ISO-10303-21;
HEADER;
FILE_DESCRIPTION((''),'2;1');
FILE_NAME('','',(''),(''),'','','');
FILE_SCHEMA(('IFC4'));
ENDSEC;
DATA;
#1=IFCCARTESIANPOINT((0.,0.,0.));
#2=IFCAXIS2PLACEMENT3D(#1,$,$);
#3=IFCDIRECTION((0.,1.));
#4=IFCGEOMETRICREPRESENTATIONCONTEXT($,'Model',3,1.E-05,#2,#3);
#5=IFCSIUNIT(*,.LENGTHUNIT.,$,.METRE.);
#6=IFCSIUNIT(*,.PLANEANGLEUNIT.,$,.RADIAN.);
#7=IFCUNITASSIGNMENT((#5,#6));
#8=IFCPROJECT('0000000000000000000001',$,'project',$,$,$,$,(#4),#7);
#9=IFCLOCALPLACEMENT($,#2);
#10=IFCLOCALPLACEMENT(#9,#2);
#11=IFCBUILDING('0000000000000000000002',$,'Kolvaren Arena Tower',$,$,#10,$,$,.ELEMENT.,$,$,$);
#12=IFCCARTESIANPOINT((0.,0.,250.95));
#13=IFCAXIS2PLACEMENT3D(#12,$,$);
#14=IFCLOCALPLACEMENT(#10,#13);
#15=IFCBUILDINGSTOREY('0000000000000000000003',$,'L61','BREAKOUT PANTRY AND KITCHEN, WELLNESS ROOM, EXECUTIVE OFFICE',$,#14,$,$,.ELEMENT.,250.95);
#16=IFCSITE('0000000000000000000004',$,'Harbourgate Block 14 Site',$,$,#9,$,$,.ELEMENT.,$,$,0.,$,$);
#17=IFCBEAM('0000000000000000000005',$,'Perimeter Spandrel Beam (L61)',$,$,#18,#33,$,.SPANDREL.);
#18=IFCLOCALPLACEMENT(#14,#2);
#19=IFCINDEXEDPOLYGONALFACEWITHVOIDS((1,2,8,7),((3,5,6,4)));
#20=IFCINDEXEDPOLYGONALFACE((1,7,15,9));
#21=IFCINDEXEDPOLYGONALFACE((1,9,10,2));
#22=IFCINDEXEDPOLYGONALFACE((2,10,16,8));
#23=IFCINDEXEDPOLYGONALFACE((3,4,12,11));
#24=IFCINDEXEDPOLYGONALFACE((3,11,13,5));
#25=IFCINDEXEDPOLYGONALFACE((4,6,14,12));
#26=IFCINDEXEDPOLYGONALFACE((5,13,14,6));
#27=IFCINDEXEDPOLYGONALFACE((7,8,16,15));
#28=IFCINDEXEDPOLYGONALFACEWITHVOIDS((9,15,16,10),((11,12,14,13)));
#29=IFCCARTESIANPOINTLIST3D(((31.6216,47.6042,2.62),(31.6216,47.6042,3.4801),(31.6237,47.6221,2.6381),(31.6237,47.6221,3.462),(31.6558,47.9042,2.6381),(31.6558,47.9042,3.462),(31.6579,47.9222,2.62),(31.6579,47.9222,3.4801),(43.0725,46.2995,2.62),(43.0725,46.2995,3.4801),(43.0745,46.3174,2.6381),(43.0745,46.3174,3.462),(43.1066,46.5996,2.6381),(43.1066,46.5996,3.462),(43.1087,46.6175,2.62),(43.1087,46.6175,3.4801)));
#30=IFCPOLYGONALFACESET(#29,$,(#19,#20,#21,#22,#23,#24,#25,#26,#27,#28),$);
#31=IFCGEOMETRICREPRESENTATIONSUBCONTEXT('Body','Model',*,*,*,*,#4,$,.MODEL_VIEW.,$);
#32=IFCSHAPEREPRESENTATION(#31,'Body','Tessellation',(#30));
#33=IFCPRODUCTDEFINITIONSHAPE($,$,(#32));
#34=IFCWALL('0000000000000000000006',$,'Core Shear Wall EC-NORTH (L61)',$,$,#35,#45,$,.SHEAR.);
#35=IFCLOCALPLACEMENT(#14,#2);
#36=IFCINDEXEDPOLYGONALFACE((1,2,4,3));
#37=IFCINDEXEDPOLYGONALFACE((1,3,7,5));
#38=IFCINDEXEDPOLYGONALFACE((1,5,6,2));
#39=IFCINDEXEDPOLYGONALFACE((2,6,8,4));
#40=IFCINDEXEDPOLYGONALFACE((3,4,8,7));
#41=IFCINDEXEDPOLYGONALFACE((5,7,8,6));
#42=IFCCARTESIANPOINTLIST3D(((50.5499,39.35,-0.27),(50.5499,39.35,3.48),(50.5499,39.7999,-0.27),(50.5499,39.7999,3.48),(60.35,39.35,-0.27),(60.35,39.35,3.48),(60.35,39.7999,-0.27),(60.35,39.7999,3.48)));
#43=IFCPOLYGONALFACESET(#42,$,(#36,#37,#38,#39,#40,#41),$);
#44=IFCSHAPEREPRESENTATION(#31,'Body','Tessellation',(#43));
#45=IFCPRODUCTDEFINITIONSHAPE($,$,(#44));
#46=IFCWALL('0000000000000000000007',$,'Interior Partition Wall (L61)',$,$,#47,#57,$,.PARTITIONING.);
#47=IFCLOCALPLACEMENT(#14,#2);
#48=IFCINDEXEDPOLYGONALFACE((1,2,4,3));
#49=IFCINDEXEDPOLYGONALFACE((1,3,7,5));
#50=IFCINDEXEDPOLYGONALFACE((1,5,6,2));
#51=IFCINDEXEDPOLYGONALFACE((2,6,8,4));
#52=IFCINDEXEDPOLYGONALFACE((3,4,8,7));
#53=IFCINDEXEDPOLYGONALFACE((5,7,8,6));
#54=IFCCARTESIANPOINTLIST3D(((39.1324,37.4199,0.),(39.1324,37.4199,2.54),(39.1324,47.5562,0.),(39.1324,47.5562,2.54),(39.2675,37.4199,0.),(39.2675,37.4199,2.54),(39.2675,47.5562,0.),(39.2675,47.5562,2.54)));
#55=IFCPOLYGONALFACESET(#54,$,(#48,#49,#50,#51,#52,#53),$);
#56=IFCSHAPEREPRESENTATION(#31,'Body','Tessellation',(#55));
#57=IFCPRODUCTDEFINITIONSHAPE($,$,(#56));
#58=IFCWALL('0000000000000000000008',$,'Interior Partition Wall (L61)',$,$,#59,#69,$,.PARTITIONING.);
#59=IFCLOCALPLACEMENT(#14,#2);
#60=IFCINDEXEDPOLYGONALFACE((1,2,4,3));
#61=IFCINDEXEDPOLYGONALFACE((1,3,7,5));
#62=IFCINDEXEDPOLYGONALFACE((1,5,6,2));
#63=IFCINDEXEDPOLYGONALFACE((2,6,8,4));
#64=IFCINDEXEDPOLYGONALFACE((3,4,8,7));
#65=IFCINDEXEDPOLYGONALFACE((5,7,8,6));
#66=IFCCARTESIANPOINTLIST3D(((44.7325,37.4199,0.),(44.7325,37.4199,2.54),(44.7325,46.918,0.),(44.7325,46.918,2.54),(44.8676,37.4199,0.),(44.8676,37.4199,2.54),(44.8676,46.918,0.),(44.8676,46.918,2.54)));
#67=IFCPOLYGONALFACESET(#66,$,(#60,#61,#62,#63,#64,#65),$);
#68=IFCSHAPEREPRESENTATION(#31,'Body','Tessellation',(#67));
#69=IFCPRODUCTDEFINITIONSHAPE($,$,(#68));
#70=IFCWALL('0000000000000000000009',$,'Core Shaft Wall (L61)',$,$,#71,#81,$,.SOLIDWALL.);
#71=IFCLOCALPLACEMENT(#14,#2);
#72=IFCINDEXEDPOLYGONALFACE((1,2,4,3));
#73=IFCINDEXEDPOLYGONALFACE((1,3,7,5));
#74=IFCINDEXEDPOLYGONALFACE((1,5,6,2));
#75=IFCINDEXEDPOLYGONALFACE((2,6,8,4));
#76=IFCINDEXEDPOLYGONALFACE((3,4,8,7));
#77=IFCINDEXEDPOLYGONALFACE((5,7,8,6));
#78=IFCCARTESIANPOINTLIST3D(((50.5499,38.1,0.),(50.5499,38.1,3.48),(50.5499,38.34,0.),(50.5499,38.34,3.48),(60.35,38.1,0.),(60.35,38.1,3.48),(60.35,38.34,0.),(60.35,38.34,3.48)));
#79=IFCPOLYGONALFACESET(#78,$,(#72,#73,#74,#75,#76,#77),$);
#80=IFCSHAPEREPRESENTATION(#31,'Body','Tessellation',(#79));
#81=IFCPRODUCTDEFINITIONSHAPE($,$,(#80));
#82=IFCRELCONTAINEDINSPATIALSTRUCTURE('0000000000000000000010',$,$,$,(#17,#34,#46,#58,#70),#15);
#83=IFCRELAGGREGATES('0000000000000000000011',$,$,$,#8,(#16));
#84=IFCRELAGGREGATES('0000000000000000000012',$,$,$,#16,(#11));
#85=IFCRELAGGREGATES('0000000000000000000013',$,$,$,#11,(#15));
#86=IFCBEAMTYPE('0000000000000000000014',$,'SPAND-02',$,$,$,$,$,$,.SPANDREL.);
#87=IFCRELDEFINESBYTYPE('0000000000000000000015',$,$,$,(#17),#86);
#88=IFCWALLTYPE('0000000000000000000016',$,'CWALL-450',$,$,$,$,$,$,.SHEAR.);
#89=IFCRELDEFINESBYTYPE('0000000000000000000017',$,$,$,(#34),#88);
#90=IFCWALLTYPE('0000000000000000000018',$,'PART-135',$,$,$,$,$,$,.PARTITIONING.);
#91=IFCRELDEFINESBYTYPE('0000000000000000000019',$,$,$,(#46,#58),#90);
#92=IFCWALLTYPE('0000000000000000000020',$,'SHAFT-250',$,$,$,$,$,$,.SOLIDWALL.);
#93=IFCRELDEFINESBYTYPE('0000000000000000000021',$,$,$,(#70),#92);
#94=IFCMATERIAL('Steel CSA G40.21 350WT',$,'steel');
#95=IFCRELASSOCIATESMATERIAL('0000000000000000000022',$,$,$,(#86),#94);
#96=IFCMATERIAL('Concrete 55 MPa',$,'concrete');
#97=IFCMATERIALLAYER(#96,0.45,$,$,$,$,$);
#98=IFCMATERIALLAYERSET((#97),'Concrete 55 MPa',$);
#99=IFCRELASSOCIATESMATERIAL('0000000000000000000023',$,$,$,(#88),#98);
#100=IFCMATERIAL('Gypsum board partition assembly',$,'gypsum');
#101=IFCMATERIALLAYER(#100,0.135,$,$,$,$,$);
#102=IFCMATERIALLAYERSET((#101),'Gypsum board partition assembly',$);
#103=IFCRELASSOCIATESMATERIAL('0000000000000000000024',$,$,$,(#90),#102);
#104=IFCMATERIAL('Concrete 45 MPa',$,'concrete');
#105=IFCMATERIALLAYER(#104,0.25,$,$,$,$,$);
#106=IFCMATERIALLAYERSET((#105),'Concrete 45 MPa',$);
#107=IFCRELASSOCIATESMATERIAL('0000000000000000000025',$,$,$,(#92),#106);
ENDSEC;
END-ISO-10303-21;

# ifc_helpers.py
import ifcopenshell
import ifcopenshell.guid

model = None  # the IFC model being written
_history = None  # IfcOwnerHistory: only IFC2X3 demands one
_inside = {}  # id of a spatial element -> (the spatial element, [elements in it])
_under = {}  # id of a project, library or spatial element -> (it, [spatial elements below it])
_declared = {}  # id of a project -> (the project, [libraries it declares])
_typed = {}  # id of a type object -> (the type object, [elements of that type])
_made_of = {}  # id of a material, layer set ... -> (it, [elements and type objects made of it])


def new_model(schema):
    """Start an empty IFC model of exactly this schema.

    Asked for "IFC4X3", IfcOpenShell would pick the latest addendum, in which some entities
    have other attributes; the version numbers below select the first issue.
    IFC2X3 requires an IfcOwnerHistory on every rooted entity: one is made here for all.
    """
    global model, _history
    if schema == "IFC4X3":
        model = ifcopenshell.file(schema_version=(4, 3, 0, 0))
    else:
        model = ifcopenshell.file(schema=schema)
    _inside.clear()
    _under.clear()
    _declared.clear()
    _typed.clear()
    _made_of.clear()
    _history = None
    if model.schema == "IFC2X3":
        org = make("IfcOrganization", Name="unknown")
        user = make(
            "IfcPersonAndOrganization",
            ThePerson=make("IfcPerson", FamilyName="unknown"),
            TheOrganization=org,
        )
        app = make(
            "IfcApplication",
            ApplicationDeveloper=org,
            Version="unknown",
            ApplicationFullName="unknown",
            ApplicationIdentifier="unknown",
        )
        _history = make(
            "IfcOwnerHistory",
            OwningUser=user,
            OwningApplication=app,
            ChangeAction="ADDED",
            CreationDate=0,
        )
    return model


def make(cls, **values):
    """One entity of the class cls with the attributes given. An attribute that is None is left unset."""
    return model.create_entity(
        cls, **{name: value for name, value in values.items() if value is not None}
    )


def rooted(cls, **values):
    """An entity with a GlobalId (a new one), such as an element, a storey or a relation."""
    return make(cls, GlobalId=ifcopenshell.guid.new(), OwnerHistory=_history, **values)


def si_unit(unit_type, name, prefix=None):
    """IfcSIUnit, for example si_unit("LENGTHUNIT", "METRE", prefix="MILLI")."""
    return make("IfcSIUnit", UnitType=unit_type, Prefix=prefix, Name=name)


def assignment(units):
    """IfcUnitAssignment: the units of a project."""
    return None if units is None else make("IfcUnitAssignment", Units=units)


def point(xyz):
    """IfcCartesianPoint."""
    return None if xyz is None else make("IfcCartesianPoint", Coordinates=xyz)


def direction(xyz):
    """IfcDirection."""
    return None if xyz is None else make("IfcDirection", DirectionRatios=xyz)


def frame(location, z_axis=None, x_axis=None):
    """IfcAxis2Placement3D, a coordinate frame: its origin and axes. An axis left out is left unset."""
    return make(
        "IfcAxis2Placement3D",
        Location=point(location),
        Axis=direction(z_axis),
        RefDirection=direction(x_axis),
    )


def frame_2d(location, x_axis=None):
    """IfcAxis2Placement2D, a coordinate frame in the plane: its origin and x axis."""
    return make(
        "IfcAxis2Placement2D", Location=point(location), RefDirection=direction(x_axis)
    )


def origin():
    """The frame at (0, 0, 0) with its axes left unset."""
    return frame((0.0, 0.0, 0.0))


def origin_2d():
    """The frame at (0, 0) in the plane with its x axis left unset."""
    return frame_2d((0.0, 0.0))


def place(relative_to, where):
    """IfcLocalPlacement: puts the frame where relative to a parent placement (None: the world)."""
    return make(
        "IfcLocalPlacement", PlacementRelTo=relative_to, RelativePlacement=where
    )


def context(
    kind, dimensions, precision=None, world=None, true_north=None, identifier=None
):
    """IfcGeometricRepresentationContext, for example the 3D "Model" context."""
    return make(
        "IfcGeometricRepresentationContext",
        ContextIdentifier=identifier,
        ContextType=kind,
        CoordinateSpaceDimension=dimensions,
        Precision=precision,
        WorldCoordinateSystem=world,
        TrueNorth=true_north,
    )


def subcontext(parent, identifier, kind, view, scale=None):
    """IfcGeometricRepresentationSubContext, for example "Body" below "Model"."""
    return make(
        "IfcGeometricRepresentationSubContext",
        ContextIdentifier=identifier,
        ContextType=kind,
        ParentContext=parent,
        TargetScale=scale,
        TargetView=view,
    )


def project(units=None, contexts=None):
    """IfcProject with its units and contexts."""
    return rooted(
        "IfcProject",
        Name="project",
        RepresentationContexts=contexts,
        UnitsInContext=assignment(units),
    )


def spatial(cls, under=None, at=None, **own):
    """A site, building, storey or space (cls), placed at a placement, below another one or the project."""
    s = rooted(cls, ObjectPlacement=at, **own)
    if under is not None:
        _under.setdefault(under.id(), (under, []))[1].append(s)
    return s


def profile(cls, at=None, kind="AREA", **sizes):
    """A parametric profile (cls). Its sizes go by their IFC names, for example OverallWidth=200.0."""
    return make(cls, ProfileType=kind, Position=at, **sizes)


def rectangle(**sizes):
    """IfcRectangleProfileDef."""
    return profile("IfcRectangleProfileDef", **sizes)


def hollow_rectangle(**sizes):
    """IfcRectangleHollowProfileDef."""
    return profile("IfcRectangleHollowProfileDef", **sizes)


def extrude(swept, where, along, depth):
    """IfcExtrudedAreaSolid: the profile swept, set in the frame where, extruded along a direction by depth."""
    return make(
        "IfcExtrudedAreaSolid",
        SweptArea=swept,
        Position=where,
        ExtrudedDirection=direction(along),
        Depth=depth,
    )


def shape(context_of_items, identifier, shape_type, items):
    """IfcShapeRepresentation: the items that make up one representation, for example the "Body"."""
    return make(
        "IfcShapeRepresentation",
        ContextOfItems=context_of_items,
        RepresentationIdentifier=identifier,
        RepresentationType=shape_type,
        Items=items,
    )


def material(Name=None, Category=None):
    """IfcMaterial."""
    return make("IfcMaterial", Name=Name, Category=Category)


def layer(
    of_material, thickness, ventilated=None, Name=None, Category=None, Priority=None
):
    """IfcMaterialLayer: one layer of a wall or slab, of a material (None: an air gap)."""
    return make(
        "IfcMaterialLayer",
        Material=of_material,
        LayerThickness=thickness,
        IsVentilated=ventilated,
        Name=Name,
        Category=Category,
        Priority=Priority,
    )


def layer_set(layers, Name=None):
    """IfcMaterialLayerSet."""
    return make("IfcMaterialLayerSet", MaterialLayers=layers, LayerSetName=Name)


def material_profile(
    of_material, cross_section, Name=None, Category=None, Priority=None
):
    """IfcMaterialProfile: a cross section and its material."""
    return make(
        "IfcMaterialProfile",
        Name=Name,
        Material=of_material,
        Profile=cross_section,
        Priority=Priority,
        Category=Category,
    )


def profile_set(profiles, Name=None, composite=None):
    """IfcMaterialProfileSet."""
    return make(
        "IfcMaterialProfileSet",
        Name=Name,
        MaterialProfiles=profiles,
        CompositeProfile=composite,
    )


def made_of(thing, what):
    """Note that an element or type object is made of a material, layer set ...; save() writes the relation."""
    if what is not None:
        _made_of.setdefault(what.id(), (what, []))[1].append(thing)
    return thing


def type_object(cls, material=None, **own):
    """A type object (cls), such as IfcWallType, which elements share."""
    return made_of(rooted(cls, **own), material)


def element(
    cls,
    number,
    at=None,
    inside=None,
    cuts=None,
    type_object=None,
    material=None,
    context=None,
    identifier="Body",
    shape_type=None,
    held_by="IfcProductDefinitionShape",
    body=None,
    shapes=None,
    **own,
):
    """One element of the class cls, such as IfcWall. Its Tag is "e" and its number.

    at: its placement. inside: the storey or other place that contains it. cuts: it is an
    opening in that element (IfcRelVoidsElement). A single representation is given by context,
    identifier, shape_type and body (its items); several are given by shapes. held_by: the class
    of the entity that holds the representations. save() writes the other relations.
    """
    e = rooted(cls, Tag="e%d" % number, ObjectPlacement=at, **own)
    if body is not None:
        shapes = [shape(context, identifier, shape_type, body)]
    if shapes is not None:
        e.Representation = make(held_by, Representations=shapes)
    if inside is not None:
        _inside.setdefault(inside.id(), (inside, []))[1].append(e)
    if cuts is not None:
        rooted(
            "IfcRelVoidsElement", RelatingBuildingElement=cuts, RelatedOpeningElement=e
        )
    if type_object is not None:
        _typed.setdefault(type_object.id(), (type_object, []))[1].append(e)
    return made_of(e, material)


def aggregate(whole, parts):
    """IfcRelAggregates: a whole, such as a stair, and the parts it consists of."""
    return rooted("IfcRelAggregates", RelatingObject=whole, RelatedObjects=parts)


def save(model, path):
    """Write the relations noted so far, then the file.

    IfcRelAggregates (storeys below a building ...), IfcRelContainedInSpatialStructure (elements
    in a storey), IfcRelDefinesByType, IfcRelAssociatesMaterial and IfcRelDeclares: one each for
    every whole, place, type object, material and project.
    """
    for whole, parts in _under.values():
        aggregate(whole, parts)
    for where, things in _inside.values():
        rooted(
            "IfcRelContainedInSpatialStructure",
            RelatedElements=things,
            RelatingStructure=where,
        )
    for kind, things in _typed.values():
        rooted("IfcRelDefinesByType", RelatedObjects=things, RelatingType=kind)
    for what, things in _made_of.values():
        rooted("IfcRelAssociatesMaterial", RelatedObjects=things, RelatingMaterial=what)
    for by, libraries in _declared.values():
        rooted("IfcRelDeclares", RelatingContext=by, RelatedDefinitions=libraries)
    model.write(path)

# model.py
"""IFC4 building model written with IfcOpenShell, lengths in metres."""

from ifc_helpers import new_model, si_unit, direction, frame, frame_2d, origin, origin_2d, place, context, subcontext, project, spatial, rectangle, hollow_rectangle, extrude, material, layer, layer_set, material_profile, profile_set, type_object, element, save


model = new_model("IFC4")

# Units and contexts
model_context = context("Model", 3, precision=1e-05, world=origin(), true_north=direction((0.0, 1.0)))
body_context = subcontext(model_context, "Body", "Model", "MODEL_VIEW")
ifc_project = project(units=[si_unit("LENGTHUNIT", "METRE"), si_unit("PLANEANGLEUNIT", "RADIAN")], contexts=[model_context])

# Site, building, storey
site_placement = place(None, origin())
site = spatial("IfcSite", under=ifc_project, at=site_placement, Name="Harbourgate Block 14 Site", CompositionType="ELEMENT", RefElevation=0.0)
building_placement = place(site_placement, origin())
building = spatial("IfcBuilding", under=site, at=building_placement, Name="Kolvaren Arena Tower", CompositionType="ELEMENT")
storey_placement = place(building_placement, frame((0.0, 0.0, 250.95)))
storey = spatial("IfcBuildingStorey", under=building, at=storey_placement, Name="L61", Description="BREAKOUT PANTRY AND KITCHEN, WELLNESS ROOM, EXECUTIVE OFFICE", CompositionType="ELEMENT", Elevation=250.95)

# Beam
ifc_material_1 = material(Name="Steel CSA G40.21 350WT", Category="steel")
ifc_material_profile_1 = material_profile(ifc_material_1, hollow_rectangle(XDim=0.3201, YDim=0.8601, WallThickness=0.0181, at=origin_2d()), Name="HSS 860x320x18")
ifc_profile_set_1 = profile_set([ifc_material_profile_1], Name="Steel CSA G40.21 350WT")
beam_type_1 = type_object("IfcBeamType", Name="SPAND-02", PredefinedType="SPANDREL", material=ifc_profile_set_1)
beam_1_placement = place(storey_placement, frame((43.0906, 46.4585, 3.05), z_axis=(-0.993572, 0.113205, 0.0), x_axis=(-0.113205, -0.993572, 0.0)))
element("IfcBeam", 1, at=beam_1_placement, inside=storey, type_object=beam_type_1, Name="Perimeter Spandrel Beam (L61)", PredefinedType="SPANDREL", context=body_context, shape_type="SweptSolid", body=[
    extrude(hollow_rectangle(XDim=0.3201, YDim=0.8601, WallThickness=0.0181, at=origin_2d()), origin(), (0.0, 0.0, 1.0), 11.5249),
])

# Walls
ifc_material_2 = material(Name="Concrete 55 MPa", Category="concrete")
ifc_layer_1 = layer(ifc_material_2, 0.45)
ifc_layer_set_1 = layer_set([ifc_layer_1], Name="Concrete 55 MPa")
wall_type_1 = type_object("IfcWallType", Name="CWALL-450", PredefinedType="SHEAR", material=ifc_layer_set_1)
wall_1_placement = place(storey_placement, frame((50.55, 39.575, -0.27), z_axis=(0.0, 0.0, 1.0), x_axis=(1.0, 0.0, 0.0)))
element("IfcWall", 2, at=wall_1_placement, inside=storey, type_object=wall_type_1, Name="Core Shear Wall EC-NORTH (L61)", PredefinedType="SHEAR", context=body_context, shape_type="SweptSolid", body=[
    extrude(rectangle(XDim=9.8, YDim=0.45, at=frame_2d((4.8999, 0.0))), origin(), (0.0, 0.0, 1.0), 3.75),
])
ifc_material_3 = material(Name="Gypsum board partition assembly", Category="gypsum")
ifc_layer_2 = layer(ifc_material_3, 0.135)
ifc_layer_set_2 = layer_set([ifc_layer_2], Name="Gypsum board partition assembly")
wall_type_2 = type_object("IfcWallType", Name="PART-135", PredefinedType="PARTITIONING", material=ifc_layer_set_2)
wall_2_placement = place(storey_placement, frame((39.2, 37.4199, 0.0), z_axis=(0.0, 0.0, 1.0), x_axis=(0.0, 1.0, 0.0)))
element("IfcWall", 3, at=wall_2_placement, inside=storey, type_object=wall_type_2, Name="Interior Partition Wall (L61)", PredefinedType="PARTITIONING", context=body_context, shape_type="SweptSolid", body=[
    extrude(rectangle(XDim=10.1362, YDim=0.135, at=frame_2d((5.0681, 0.0))), origin(), (0.0, 0.0, 1.0), 2.54),
])
wall_3_placement = place(storey_placement, frame((44.8, 37.4199, 0.0), z_axis=(0.0, 0.0, 1.0), x_axis=(0.0, 1.0, 0.0)))
element("IfcWall", 4, at=wall_3_placement, inside=storey, type_object=wall_type_2, Name="Interior Partition Wall (L61)", PredefinedType="PARTITIONING", context=body_context, shape_type="SweptSolid", body=[
    extrude(rectangle(XDim=9.498, YDim=0.135, at=frame_2d((4.749, 0.0))), origin(), (0.0, 0.0, 1.0), 2.54),
])
ifc_material_4 = material(Name="Concrete 45 MPa", Category="concrete")
ifc_layer_3 = layer(ifc_material_4, 0.25)
ifc_layer_set_3 = layer_set([ifc_layer_3], Name="Concrete 45 MPa")
wall_type_3 = type_object("IfcWallType", Name="SHAFT-250", PredefinedType="SOLIDWALL", material=ifc_layer_set_3)
wall_4_placement = place(storey_placement, frame((50.55, 38.22, 0.0), z_axis=(0.0, 0.0, 1.0), x_axis=(1.0, 0.0, 0.0)))
element("IfcWall", 5, at=wall_4_placement, inside=storey, type_object=wall_type_3, Name="Core Shaft Wall (L61)", PredefinedType="SOLIDWALL", context=body_context, shape_type="SweptSolid", body=[
    extrude(rectangle(XDim=9.8, YDim=0.24, at=frame_2d((4.8999, 0.0))), origin(), (0.0, 0.0, 1.0), 3.48),
])

save(model, "model.ifc")
